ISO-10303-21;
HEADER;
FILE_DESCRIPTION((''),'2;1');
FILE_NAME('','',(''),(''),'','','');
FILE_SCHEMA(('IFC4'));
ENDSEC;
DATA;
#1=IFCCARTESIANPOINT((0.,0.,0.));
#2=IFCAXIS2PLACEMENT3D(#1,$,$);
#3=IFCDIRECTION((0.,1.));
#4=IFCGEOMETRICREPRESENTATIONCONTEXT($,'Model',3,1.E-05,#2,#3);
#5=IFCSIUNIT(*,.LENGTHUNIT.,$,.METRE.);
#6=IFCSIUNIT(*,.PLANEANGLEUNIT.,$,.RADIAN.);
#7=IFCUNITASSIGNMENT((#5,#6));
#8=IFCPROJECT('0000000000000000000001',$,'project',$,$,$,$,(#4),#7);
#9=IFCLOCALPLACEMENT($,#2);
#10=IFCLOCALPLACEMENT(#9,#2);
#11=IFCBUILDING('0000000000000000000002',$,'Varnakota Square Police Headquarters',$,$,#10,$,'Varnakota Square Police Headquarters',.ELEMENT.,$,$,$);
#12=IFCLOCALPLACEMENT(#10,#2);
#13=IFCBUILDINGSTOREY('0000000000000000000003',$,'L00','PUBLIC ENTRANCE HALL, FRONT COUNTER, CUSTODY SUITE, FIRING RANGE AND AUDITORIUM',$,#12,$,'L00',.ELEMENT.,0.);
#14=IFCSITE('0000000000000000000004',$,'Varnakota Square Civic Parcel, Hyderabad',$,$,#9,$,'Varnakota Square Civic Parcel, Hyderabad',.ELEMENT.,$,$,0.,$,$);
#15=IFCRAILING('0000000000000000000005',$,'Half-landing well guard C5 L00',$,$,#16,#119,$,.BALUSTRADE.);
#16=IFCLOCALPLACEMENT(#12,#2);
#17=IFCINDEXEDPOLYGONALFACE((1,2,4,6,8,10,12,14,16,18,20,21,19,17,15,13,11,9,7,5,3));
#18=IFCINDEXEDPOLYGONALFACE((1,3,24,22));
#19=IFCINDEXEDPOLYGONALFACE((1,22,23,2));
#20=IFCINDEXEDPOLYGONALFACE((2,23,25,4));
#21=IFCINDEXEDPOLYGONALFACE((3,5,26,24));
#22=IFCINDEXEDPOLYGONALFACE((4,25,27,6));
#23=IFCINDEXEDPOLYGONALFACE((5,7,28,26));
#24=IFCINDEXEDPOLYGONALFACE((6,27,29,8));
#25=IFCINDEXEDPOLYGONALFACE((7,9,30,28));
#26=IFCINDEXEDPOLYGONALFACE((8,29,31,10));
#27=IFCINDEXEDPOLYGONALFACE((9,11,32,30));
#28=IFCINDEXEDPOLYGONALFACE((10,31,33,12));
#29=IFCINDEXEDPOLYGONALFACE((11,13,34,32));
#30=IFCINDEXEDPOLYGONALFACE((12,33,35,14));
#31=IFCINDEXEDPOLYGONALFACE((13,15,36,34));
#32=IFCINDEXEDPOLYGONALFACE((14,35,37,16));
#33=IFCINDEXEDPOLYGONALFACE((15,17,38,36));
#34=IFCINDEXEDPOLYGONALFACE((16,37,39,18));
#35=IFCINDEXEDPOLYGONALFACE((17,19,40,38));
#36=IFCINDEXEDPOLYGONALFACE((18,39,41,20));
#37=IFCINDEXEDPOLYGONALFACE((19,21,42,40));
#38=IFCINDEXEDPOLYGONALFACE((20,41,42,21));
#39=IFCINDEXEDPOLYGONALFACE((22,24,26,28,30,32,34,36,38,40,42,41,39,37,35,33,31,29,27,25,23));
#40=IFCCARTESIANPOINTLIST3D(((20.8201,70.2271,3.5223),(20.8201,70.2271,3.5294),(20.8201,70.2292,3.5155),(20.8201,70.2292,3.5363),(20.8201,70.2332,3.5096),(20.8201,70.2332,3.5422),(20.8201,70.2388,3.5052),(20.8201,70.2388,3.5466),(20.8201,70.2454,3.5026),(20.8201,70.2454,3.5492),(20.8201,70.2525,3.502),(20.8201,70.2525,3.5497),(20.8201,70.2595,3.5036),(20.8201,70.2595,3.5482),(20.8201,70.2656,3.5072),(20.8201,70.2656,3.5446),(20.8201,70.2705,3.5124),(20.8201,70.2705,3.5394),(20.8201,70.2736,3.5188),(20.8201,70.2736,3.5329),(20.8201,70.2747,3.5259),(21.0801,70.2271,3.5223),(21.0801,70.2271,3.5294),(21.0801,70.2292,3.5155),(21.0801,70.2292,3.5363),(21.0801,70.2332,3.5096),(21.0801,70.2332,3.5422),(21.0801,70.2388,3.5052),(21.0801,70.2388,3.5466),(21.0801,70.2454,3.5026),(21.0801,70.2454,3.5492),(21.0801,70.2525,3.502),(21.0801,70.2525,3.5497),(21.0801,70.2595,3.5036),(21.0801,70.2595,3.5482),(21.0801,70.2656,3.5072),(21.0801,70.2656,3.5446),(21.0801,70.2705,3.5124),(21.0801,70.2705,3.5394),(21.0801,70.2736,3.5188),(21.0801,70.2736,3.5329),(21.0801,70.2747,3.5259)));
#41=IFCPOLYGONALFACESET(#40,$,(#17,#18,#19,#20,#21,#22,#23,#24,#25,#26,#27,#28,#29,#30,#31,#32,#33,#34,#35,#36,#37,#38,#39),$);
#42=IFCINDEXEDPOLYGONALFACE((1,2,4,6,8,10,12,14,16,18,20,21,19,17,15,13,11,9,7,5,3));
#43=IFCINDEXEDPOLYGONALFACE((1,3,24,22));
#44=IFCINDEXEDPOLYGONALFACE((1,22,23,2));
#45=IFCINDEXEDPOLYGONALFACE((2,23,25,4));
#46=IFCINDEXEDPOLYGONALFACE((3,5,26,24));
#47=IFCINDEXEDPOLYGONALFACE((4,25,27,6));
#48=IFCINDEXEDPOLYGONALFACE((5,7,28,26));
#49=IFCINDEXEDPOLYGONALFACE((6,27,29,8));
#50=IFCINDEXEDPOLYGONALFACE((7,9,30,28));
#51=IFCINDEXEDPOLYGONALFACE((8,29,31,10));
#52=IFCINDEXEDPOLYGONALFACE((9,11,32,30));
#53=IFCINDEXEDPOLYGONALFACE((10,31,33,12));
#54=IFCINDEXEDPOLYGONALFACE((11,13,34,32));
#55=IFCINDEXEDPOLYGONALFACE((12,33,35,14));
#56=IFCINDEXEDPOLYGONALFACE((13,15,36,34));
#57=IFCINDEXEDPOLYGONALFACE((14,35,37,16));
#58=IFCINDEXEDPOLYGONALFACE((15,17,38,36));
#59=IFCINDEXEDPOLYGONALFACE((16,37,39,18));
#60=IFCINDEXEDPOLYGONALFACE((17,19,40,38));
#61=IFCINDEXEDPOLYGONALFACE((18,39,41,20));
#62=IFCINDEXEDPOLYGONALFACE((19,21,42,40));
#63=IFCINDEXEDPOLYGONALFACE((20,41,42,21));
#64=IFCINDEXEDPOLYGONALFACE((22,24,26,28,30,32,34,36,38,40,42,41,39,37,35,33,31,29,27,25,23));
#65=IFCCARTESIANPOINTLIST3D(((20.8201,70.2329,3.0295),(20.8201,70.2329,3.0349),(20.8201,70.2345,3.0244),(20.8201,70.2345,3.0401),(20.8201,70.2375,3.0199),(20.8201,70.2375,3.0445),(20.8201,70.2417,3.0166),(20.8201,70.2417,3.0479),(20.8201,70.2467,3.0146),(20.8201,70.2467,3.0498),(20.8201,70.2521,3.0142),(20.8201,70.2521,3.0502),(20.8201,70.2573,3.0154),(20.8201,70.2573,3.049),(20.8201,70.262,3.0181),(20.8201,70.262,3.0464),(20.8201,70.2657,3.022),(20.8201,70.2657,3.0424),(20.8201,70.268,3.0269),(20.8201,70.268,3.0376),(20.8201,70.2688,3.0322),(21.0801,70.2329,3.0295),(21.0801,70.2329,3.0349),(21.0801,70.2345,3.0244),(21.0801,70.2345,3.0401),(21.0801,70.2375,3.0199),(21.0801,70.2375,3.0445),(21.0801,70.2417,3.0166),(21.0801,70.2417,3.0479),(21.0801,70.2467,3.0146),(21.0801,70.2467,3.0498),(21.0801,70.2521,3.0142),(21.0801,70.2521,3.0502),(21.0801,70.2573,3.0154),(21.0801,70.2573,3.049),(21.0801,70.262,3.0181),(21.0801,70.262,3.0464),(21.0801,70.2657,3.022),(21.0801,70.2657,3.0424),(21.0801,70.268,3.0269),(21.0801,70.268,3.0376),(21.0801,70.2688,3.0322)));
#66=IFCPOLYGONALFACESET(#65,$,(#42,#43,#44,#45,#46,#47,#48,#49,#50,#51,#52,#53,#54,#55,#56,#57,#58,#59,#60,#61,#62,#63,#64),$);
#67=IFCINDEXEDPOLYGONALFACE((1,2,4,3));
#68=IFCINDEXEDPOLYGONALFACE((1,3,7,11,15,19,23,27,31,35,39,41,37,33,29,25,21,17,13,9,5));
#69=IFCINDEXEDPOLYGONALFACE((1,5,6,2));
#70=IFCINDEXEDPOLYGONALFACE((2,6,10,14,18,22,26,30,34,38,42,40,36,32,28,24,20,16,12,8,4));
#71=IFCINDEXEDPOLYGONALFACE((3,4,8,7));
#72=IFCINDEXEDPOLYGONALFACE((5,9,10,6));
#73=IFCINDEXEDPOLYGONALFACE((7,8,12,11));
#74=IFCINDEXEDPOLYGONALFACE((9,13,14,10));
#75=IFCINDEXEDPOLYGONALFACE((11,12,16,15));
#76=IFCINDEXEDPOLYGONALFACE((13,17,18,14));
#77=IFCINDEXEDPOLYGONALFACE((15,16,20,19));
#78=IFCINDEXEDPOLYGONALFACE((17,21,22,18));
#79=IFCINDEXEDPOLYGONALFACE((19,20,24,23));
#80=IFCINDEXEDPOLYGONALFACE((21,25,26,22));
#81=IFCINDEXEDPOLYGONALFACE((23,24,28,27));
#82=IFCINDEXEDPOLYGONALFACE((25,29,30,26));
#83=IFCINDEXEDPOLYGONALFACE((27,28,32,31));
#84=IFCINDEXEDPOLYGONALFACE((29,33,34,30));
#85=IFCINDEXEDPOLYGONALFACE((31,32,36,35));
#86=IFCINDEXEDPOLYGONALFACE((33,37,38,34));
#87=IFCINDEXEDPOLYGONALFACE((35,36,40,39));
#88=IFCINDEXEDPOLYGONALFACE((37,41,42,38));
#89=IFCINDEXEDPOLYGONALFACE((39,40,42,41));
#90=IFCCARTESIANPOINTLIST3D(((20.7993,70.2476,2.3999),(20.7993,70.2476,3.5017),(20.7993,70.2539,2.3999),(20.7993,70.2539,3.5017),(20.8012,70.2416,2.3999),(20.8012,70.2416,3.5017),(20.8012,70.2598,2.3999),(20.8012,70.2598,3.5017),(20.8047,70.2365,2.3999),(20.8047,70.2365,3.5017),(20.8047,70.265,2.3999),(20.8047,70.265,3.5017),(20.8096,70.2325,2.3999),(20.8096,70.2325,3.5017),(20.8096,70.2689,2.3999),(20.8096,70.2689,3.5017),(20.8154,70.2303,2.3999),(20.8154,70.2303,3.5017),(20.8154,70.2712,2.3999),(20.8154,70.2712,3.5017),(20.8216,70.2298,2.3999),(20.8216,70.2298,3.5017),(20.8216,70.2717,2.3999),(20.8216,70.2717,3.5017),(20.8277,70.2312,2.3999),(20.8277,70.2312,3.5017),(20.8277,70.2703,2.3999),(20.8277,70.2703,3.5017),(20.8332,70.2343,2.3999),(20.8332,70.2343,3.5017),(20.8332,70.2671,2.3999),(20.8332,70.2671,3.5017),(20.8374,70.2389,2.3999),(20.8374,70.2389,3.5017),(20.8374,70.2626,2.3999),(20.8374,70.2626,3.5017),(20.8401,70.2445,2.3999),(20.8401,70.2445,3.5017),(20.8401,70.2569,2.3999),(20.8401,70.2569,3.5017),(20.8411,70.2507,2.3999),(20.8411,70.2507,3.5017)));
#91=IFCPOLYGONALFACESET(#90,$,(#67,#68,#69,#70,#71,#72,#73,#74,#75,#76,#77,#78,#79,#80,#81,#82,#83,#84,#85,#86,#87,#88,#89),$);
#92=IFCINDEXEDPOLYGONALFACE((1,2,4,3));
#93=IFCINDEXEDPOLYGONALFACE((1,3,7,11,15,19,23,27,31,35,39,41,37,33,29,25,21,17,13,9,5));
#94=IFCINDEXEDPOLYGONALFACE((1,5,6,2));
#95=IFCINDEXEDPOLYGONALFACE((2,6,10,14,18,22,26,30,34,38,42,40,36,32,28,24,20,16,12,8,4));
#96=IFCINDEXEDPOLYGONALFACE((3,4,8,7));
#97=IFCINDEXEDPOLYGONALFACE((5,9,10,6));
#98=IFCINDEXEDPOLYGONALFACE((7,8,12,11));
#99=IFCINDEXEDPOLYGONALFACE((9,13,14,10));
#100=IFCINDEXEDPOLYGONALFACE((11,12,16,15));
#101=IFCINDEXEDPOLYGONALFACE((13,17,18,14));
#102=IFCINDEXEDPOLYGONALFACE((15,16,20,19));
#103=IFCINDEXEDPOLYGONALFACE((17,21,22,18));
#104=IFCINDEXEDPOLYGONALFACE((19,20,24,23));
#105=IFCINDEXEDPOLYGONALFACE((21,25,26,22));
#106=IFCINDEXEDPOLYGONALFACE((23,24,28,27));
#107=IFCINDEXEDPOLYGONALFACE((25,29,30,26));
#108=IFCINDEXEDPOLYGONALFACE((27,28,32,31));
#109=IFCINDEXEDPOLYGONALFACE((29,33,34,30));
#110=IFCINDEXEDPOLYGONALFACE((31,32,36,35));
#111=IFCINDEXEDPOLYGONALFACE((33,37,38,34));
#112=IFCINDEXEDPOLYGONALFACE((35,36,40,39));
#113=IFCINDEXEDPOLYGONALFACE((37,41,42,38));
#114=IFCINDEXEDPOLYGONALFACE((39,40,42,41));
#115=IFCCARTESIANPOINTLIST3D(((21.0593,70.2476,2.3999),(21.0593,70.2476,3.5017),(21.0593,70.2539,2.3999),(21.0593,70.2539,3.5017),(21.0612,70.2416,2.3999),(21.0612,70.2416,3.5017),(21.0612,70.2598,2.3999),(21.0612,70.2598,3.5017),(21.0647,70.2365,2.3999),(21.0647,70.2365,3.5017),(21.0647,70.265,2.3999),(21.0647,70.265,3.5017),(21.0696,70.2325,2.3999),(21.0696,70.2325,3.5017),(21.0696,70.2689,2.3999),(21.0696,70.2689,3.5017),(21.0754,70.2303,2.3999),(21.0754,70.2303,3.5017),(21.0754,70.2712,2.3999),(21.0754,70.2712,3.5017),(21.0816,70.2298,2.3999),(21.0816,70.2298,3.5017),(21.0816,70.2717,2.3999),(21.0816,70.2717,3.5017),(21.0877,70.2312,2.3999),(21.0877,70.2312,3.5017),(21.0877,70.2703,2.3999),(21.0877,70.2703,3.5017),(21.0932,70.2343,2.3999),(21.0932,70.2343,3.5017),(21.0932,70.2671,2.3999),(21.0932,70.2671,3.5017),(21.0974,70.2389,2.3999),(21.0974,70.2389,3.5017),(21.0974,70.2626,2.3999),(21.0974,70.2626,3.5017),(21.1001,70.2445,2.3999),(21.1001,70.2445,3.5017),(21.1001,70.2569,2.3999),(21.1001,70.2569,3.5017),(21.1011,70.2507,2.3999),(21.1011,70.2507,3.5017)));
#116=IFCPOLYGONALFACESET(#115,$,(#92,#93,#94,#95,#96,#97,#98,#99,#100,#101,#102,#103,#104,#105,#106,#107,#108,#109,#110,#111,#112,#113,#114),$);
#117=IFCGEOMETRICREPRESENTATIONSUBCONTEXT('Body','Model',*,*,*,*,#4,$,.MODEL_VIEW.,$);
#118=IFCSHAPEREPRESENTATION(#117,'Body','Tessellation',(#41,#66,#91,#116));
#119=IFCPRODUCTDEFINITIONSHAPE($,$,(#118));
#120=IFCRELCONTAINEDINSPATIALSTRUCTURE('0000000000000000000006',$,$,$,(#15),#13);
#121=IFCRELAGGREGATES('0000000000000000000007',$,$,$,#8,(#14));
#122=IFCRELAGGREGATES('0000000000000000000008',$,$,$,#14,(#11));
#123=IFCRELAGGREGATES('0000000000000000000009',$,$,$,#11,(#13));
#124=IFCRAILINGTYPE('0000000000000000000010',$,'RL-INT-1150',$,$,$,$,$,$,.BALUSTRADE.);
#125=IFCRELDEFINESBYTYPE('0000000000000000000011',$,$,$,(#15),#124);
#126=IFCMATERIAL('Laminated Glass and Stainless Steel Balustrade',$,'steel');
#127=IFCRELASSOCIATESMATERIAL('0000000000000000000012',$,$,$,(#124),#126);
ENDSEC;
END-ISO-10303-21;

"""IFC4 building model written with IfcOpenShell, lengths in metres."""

from ifc_helpers import new_model, si_unit, direction, frame, origin, origin_2d, place, context, subcontext, project, spatial, circle, extrude, material, type_object, element, save


model = new_model("IFC4")

# Units and contexts
model_context = context("Model", 3, precision=1e-05, world=origin(), true_north=direction((0.0, 1.0)))
body_context = subcontext(model_context, "Body", "Model", "MODEL_VIEW")
ifc_project = project(units=[si_unit("LENGTHUNIT", "METRE"), si_unit("PLANEANGLEUNIT", "RADIAN")], contexts=[model_context])

# Site, building, storey
site_placement = place(None, origin())
site = spatial("IfcSite", under=ifc_project, at=site_placement, Name="Varnakota Square Civic Parcel, Hyderabad", LongName="Varnakota Square Civic Parcel, Hyderabad", CompositionType="ELEMENT", RefElevation=0.0)
building_placement = place(site_placement, origin())
building = spatial("IfcBuilding", under=site, at=building_placement, Name="Varnakota Square Police Headquarters", LongName="Varnakota Square Police Headquarters", CompositionType="ELEMENT")
storey_placement = place(building_placement, origin())
storey = spatial("IfcBuildingStorey", under=building, at=storey_placement, Name="L00", Description="PUBLIC ENTRANCE HALL, FRONT COUNTER, CUSTODY SUITE, FIRING RANGE AND AUDITORIUM", LongName="L00", CompositionType="ELEMENT", Elevation=0.0)

# Railing
ifc_material_1 = material(Name="Laminated Glass and Stainless Steel Balustrade", Category="steel")
railing_type_1 = type_object("IfcRailingType", Name="RL-INT-1150", PredefinedType="BALUSTRADE", material=ifc_material_1)
railing_1_placement = place(storey_placement, frame((20.8201, 70.2507, 2.3999)))
element("IfcRailing", 1, at=railing_1_placement, inside=storey, type_object=railing_type_1, Name="Half-landing well guard C5 L00", PredefinedType="BALUSTRADE", context=body_context, shape_type="SweptSolid", body=[
    extrude(circle(Radius=0.0239, at=origin_2d()), frame((0.0, 0.0, 1.126), z_axis=(1.0, 0.0, 0.0), x_axis=(0.0, 1.0, 0.0)), (0.0, 0.0, 1.0), 0.26),
    extrude(circle(Radius=0.0181, at=origin_2d()), frame((0.0, 0.0, 0.6323), z_axis=(1.0, 0.0, 0.0), x_axis=(0.0, 1.0, 0.0)), (0.0, 0.0, 1.0), 0.26),
    extrude(circle(Radius=0.021, at=origin_2d()), origin(), (0.0, 0.0, 1.0), 1.1018),
    extrude(circle(Radius=0.021, at=origin_2d()), frame((0.26, 0.0, 0.0)), (0.0, 0.0, 1.0), 1.1018),
])

save(model, "model.ifc")
